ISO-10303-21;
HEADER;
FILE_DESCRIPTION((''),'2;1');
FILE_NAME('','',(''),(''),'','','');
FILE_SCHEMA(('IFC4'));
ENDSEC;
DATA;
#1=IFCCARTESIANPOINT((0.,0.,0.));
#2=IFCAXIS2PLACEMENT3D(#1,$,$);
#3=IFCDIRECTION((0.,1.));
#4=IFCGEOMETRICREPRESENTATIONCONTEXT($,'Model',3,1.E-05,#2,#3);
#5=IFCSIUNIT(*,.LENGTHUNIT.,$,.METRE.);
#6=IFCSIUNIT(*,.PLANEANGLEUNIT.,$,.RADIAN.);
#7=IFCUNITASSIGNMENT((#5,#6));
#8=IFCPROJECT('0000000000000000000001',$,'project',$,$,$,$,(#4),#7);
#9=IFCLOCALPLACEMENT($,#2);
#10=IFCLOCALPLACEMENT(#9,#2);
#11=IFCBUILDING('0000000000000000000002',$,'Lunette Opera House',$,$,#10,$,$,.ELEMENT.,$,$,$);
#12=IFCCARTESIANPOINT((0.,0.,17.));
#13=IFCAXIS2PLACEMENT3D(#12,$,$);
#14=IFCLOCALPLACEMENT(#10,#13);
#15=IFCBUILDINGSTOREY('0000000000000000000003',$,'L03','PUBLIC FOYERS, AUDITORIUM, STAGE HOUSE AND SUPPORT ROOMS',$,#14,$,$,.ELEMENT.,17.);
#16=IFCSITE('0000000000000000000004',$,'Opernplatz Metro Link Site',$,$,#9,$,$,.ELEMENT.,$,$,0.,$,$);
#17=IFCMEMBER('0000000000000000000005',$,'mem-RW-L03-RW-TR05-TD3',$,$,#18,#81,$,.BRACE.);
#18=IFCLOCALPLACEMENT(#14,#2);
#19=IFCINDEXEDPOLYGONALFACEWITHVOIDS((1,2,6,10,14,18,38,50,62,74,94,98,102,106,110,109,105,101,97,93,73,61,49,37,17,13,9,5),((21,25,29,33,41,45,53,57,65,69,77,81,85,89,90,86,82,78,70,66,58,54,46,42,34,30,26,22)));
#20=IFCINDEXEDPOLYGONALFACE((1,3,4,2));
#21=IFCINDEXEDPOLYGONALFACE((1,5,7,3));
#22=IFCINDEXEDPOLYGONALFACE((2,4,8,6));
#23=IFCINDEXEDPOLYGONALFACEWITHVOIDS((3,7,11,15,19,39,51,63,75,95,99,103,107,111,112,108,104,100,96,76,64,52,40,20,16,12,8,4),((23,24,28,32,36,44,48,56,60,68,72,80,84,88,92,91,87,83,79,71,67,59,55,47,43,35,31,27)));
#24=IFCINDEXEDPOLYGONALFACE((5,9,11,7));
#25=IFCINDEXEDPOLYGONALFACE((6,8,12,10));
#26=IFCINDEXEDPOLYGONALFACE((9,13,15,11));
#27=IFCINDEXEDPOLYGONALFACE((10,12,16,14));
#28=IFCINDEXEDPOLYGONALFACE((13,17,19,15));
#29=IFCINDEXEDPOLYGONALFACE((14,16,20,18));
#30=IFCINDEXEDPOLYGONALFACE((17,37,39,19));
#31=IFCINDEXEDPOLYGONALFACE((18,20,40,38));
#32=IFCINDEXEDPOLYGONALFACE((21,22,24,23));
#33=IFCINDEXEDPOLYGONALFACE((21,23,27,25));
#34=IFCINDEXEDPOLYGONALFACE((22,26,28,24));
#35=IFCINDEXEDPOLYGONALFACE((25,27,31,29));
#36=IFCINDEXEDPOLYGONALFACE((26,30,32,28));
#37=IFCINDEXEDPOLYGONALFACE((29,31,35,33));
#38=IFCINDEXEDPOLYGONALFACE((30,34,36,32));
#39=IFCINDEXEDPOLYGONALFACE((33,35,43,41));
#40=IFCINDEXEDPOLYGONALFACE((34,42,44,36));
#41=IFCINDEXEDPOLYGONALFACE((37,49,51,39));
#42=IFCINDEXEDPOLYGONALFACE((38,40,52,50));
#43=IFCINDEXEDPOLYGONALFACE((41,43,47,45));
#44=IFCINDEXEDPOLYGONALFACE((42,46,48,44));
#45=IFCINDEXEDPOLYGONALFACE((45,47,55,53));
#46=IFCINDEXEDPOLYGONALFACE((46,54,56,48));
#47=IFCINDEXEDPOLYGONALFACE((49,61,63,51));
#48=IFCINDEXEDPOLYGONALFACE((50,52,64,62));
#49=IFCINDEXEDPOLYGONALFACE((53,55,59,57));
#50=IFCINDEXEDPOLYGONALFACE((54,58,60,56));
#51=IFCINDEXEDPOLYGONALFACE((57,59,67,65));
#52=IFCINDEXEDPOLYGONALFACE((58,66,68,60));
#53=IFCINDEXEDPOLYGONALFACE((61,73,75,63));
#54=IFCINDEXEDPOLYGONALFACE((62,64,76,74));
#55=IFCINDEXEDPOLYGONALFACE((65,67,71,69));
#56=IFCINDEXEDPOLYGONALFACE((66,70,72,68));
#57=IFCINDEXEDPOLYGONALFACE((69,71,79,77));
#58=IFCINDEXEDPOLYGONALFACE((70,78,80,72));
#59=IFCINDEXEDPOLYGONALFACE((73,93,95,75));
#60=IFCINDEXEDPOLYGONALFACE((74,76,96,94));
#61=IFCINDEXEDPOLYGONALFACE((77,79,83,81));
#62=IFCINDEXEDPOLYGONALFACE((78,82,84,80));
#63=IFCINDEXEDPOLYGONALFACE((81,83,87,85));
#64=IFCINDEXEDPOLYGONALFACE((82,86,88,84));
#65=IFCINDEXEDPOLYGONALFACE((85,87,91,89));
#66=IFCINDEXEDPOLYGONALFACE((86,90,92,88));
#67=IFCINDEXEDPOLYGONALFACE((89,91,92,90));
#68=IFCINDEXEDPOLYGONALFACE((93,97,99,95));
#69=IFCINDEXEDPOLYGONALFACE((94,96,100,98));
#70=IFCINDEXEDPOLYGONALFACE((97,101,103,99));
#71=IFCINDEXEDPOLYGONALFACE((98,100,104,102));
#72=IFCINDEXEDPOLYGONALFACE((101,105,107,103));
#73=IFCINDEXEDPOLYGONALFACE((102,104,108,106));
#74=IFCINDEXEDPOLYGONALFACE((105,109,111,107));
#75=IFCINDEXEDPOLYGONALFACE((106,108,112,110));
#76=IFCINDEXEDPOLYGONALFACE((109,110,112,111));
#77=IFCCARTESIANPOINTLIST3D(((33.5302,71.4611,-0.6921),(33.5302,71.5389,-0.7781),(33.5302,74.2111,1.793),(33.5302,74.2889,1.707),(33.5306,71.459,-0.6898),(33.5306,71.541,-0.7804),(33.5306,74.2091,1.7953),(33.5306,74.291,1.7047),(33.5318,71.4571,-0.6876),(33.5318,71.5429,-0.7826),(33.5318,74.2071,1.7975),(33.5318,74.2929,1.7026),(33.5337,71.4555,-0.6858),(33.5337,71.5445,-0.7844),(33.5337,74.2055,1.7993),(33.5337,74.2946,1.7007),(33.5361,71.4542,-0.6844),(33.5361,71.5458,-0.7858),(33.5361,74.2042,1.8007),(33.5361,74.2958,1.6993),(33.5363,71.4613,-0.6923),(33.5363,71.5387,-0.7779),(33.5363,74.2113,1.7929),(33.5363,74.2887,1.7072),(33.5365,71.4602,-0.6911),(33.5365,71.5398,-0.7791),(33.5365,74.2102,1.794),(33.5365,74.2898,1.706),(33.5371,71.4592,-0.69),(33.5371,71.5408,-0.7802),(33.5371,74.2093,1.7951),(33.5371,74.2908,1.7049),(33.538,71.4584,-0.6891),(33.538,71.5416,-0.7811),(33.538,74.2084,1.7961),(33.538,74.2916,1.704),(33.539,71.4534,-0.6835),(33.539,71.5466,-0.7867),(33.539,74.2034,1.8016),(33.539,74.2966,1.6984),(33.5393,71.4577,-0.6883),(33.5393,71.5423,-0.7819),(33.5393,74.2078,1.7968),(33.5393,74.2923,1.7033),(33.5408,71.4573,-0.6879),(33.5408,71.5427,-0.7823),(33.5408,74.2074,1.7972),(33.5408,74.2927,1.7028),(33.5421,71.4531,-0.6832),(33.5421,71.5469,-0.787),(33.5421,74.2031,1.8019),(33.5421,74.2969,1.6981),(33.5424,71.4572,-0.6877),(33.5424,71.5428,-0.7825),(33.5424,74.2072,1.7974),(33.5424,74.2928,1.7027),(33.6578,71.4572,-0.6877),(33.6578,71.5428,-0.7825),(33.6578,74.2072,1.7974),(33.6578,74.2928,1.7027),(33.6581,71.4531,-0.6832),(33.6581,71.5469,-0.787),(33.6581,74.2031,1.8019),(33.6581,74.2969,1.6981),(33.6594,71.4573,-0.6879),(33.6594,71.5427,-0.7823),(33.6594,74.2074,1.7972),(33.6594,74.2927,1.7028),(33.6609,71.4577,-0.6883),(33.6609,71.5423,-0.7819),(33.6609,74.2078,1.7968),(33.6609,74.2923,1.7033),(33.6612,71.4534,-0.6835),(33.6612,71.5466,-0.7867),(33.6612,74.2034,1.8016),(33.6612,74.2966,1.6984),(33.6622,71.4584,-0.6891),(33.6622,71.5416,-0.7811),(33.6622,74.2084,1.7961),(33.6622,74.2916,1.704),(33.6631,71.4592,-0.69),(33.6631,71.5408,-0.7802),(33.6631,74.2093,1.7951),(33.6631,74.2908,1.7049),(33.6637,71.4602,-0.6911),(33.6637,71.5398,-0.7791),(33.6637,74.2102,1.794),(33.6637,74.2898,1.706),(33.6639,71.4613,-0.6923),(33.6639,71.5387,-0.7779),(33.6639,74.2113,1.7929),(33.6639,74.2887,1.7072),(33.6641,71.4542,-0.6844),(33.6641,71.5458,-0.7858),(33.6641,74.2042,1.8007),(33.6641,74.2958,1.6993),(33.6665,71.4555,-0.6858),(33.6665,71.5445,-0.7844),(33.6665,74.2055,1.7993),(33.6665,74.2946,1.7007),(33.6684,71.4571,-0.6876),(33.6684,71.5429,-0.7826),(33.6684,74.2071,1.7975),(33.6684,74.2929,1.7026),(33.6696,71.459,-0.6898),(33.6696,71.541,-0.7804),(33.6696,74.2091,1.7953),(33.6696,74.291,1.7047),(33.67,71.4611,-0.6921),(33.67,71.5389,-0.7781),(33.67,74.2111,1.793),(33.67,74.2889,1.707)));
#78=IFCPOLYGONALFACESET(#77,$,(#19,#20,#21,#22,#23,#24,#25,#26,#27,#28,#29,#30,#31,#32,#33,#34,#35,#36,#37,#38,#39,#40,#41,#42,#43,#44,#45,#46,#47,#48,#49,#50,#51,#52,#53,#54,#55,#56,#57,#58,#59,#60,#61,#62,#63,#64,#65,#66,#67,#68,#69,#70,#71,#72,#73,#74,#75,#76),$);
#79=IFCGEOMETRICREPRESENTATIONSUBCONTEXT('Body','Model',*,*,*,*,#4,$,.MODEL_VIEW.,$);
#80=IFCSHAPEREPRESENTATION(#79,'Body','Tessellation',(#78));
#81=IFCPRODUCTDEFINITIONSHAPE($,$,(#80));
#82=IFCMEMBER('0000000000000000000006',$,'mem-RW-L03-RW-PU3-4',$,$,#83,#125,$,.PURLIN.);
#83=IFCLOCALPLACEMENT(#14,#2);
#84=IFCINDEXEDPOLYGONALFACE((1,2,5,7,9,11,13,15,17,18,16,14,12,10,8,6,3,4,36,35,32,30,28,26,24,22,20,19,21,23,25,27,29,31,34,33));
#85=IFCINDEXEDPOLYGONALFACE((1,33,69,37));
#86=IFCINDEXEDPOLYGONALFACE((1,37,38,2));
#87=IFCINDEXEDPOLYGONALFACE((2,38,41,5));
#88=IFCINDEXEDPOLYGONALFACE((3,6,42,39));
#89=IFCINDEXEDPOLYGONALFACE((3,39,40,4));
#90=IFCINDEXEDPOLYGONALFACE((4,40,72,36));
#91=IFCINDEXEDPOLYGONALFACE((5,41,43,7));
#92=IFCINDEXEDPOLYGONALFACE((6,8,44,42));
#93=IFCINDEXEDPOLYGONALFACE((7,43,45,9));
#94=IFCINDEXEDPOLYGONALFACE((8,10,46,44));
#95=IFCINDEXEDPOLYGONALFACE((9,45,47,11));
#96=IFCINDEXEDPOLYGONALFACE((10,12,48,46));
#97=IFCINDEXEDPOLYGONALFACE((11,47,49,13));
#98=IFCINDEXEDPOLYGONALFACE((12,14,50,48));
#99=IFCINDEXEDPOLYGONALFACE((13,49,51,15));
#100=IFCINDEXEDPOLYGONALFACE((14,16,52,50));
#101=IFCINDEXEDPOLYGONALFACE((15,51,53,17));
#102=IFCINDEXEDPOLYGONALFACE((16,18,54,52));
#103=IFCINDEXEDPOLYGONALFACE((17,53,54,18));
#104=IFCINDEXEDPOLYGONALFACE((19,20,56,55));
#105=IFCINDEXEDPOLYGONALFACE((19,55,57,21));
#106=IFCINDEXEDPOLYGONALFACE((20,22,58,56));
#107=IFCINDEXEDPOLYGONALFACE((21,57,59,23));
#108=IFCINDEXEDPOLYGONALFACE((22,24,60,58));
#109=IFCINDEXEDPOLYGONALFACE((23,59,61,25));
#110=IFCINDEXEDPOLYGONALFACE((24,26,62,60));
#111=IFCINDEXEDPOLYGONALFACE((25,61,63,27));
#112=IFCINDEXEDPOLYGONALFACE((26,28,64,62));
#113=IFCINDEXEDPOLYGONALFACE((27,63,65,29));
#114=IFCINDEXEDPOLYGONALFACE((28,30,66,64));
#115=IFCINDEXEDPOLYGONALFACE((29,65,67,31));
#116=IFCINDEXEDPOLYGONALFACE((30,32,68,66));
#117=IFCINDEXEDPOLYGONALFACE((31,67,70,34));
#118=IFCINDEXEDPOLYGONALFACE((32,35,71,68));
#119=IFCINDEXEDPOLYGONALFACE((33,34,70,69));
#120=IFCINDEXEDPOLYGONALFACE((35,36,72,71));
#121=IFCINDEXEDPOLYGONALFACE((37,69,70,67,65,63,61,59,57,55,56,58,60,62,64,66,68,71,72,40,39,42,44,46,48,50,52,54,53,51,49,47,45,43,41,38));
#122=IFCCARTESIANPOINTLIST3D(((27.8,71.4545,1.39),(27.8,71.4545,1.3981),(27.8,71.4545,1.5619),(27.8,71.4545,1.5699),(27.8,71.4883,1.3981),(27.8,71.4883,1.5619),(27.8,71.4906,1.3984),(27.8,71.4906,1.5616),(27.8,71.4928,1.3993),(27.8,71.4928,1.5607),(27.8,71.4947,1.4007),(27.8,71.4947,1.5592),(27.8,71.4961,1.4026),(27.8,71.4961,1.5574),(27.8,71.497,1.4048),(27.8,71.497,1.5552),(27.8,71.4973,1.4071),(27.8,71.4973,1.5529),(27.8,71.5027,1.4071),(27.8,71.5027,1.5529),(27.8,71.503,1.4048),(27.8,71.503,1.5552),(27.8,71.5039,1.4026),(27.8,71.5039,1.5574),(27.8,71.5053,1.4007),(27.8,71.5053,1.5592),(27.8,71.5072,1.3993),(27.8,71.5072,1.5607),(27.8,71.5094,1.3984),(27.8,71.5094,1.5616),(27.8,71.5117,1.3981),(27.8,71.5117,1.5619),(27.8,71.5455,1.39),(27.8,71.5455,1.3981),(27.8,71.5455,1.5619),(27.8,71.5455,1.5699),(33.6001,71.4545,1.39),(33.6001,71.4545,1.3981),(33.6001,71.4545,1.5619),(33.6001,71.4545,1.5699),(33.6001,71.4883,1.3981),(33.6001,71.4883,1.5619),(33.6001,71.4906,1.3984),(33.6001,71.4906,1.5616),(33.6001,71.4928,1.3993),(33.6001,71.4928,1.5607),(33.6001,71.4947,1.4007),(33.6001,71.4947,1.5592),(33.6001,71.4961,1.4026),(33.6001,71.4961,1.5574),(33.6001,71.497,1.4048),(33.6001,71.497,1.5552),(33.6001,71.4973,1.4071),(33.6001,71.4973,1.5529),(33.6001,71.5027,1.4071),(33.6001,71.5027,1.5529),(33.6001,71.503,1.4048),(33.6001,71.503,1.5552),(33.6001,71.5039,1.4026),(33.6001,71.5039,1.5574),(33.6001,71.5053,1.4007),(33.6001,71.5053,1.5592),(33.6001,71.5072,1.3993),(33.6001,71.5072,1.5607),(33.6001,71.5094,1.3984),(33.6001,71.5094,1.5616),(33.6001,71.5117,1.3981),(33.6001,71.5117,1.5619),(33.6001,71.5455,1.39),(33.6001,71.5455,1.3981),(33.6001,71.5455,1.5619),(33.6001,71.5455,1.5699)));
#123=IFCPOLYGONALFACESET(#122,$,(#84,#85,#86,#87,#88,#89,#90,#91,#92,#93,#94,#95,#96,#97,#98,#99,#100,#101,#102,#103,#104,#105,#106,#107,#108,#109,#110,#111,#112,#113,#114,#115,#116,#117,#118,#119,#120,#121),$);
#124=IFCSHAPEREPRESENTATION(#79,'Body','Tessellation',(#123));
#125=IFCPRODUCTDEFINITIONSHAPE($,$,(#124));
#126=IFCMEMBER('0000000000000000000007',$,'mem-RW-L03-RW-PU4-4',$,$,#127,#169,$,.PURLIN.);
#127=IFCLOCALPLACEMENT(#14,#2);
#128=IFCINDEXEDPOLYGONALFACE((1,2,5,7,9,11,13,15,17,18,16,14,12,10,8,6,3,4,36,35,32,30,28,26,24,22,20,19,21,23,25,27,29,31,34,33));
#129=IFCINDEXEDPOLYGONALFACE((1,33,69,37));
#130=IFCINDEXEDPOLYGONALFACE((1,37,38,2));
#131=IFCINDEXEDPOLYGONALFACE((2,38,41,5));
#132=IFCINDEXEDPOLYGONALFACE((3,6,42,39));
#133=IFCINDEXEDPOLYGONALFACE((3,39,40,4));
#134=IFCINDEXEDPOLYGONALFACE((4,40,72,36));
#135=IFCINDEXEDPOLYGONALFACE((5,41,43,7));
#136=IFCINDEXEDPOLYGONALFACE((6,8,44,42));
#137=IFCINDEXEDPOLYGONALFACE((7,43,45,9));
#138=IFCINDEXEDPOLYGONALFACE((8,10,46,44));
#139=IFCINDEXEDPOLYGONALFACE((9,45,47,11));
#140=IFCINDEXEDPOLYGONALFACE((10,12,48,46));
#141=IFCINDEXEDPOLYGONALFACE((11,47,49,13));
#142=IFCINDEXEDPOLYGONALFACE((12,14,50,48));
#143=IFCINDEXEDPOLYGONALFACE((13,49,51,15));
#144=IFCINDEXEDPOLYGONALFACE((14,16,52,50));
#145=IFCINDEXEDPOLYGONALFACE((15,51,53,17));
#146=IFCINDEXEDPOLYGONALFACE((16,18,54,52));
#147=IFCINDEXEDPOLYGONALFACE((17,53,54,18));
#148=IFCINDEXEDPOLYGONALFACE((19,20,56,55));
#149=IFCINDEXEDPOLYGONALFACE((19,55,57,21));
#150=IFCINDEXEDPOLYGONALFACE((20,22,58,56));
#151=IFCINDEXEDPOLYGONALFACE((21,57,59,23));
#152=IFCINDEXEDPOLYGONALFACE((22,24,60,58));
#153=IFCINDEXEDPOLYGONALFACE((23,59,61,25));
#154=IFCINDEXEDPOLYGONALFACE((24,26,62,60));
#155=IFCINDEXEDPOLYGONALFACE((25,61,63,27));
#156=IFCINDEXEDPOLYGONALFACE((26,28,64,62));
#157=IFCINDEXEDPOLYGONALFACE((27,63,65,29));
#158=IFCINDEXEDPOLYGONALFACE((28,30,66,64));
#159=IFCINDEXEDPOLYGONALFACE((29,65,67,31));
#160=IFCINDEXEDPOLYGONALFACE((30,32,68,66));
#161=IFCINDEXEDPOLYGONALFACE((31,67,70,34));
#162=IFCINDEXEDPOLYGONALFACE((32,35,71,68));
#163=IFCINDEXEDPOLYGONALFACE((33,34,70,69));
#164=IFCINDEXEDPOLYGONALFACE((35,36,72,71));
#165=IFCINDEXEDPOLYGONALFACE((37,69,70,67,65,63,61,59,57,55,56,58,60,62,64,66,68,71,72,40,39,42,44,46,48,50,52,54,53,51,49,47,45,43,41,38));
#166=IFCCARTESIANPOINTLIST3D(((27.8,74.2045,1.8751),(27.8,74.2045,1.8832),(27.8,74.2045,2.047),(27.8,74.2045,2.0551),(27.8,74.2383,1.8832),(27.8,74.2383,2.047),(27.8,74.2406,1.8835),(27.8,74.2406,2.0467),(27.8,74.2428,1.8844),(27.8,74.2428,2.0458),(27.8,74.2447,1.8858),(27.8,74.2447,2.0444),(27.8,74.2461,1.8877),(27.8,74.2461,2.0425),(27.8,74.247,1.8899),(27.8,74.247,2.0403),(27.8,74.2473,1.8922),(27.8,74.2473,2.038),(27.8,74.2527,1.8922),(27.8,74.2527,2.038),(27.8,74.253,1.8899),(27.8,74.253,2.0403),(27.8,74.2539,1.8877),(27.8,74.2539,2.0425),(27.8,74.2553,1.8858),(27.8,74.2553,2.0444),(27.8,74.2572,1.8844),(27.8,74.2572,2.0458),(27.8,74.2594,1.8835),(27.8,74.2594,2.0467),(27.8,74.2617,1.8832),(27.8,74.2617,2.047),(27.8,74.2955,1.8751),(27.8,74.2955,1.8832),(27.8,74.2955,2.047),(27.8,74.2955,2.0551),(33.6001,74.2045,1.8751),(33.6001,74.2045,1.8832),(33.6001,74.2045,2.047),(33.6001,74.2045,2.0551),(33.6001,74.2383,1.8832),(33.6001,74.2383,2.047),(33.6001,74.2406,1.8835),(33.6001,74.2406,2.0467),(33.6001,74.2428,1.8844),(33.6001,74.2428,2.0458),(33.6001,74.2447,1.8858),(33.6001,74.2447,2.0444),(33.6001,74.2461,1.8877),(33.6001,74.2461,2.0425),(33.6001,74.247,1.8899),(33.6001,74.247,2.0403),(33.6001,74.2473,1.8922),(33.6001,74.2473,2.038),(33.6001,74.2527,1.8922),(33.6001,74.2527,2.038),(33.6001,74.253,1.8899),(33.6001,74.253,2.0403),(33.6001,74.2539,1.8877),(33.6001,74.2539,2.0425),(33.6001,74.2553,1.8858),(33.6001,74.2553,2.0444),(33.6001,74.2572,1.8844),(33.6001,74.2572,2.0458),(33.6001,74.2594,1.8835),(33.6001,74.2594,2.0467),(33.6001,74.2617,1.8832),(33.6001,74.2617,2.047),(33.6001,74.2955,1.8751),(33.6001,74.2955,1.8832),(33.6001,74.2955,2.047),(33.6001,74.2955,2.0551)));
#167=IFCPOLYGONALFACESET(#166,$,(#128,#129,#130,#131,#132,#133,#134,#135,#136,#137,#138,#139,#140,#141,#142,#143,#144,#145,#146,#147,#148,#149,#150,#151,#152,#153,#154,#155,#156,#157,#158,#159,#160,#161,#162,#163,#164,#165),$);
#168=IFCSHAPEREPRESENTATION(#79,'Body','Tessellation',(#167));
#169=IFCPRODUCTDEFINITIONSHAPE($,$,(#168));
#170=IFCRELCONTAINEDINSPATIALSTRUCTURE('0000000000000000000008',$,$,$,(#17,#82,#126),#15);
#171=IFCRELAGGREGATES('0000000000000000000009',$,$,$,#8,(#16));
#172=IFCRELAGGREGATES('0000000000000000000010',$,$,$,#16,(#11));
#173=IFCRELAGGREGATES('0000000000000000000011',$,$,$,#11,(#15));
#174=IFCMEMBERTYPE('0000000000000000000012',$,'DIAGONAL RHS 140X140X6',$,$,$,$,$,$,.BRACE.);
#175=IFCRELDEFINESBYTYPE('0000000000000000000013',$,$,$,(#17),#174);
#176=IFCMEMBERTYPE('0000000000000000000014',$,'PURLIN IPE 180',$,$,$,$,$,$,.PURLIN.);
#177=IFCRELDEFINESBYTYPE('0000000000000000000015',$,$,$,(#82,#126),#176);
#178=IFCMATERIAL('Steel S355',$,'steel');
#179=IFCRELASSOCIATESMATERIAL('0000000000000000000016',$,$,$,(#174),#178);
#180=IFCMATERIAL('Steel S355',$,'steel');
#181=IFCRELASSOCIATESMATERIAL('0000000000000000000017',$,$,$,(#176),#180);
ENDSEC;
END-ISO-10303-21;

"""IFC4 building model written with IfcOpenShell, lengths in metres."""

from ifc_helpers import new_model, si_unit, direction, frame, origin, origin_2d, place, context, subcontext, project, spatial, hollow_rectangle, i_section, extrude, material, material_profile, profile_set, type_object, element, save


model = new_model("IFC4")

# Units and contexts
model_context = context("Model", 3, precision=1e-05, world=origin(), true_north=direction((0.0, 1.0)))
body_context = subcontext(model_context, "Body", "Model", "MODEL_VIEW")
ifc_project = project(units=[si_unit("LENGTHUNIT", "METRE"), si_unit("PLANEANGLEUNIT", "RADIAN")], contexts=[model_context])

# Site, building, storey
site_placement = place(None, origin())
site = spatial("IfcSite", under=ifc_project, at=site_placement, Name="Opernplatz Metro Link Site", CompositionType="ELEMENT", RefElevation=0.0)
building_placement = place(site_placement, origin())
building = spatial("IfcBuilding", under=site, at=building_placement, Name="Lunette Opera House", CompositionType="ELEMENT")
storey_placement = place(building_placement, frame((0.0, 0.0, 17.0)))
storey = spatial("IfcBuildingStorey", under=building, at=storey_placement, Name="L03", Description="PUBLIC FOYERS, AUDITORIUM, STAGE HOUSE AND SUPPORT ROOMS", CompositionType="ELEMENT", Elevation=17.0)

# Members
ifc_material_1 = material(Name="Steel S355", Category="steel")
ifc_material_profile_1 = material_profile(ifc_material_1, hollow_rectangle(XDim=0.1399, YDim=0.1399, WallThickness=0.0061, InnerFilletRadius=0.0061, OuterFilletRadius=0.012, at=origin_2d()), Name="RHS 140X140X6")
ifc_profile_set_1 = profile_set([ifc_material_profile_1], Name="Steel S355")
member_type_1 = type_object("IfcMemberType", Name="DIAGONAL RHS 140X140X6", PredefinedType="BRACE", material=ifc_profile_set_1)
member_1_placement = place(storey_placement, frame((33.6001, 71.5, -0.7351), z_axis=(0.0, 0.741937, 0.67047), x_axis=(-1.0, 0.0, 0.0)))
element("IfcMember", 1, at=member_1_placement, inside=storey, type_object=member_type_1, Name="mem-RW-L03-RW-TR05-TD3", PredefinedType="BRACE", context=body_context, shape_type="SweptSolid", body=[
    extrude(hollow_rectangle(XDim=0.1399, YDim=0.1399, WallThickness=0.0061, InnerFilletRadius=0.0061, OuterFilletRadius=0.012, at=origin_2d()), origin(), (0.0, 0.0, 1.0), 3.7065),
])
ifc_material_2 = material(Name="Steel S355", Category="steel")
ifc_material_profile_2 = material_profile(ifc_material_2, i_section(OverallWidth=0.0911, OverallDepth=0.1799, WebThickness=0.0054, FlangeThickness=0.0081, FilletRadius=0.009, at=origin_2d()), Name="IPE 180")
ifc_profile_set_2 = profile_set([ifc_material_profile_2], Name="Steel S355")
member_type_2 = type_object("IfcMemberType", Name="PURLIN IPE 180", PredefinedType="PURLIN", material=ifc_profile_set_2)
for number, where, z_axis, x_axis, name in (
    (2, (27.8, 71.5, 1.48), (1.0, 0.0, 0.0), (0.0, 1.0, 0.0), "mem-RW-L03-RW-PU3-4"),
    (3, (27.8, 74.25, 1.9651), (1.0, 0.0, 0.0), (0.0, 1.0, 0.0), "mem-RW-L03-RW-PU4-4"),
):
    element("IfcMember", number, at=place(storey_placement, frame(where, z_axis=z_axis, x_axis=x_axis)), inside=storey, type_object=member_type_2, Name=name, PredefinedType="PURLIN", context=body_context, shape_type="SweptSolid", body=[
        extrude(i_section(OverallWidth=0.0911, OverallDepth=0.1799, WebThickness=0.0054, FlangeThickness=0.0081, FilletRadius=0.009, at=origin_2d()), origin(), (0.0, 0.0, 1.0), 5.8),
    ])

save(model, "model.ifc")
